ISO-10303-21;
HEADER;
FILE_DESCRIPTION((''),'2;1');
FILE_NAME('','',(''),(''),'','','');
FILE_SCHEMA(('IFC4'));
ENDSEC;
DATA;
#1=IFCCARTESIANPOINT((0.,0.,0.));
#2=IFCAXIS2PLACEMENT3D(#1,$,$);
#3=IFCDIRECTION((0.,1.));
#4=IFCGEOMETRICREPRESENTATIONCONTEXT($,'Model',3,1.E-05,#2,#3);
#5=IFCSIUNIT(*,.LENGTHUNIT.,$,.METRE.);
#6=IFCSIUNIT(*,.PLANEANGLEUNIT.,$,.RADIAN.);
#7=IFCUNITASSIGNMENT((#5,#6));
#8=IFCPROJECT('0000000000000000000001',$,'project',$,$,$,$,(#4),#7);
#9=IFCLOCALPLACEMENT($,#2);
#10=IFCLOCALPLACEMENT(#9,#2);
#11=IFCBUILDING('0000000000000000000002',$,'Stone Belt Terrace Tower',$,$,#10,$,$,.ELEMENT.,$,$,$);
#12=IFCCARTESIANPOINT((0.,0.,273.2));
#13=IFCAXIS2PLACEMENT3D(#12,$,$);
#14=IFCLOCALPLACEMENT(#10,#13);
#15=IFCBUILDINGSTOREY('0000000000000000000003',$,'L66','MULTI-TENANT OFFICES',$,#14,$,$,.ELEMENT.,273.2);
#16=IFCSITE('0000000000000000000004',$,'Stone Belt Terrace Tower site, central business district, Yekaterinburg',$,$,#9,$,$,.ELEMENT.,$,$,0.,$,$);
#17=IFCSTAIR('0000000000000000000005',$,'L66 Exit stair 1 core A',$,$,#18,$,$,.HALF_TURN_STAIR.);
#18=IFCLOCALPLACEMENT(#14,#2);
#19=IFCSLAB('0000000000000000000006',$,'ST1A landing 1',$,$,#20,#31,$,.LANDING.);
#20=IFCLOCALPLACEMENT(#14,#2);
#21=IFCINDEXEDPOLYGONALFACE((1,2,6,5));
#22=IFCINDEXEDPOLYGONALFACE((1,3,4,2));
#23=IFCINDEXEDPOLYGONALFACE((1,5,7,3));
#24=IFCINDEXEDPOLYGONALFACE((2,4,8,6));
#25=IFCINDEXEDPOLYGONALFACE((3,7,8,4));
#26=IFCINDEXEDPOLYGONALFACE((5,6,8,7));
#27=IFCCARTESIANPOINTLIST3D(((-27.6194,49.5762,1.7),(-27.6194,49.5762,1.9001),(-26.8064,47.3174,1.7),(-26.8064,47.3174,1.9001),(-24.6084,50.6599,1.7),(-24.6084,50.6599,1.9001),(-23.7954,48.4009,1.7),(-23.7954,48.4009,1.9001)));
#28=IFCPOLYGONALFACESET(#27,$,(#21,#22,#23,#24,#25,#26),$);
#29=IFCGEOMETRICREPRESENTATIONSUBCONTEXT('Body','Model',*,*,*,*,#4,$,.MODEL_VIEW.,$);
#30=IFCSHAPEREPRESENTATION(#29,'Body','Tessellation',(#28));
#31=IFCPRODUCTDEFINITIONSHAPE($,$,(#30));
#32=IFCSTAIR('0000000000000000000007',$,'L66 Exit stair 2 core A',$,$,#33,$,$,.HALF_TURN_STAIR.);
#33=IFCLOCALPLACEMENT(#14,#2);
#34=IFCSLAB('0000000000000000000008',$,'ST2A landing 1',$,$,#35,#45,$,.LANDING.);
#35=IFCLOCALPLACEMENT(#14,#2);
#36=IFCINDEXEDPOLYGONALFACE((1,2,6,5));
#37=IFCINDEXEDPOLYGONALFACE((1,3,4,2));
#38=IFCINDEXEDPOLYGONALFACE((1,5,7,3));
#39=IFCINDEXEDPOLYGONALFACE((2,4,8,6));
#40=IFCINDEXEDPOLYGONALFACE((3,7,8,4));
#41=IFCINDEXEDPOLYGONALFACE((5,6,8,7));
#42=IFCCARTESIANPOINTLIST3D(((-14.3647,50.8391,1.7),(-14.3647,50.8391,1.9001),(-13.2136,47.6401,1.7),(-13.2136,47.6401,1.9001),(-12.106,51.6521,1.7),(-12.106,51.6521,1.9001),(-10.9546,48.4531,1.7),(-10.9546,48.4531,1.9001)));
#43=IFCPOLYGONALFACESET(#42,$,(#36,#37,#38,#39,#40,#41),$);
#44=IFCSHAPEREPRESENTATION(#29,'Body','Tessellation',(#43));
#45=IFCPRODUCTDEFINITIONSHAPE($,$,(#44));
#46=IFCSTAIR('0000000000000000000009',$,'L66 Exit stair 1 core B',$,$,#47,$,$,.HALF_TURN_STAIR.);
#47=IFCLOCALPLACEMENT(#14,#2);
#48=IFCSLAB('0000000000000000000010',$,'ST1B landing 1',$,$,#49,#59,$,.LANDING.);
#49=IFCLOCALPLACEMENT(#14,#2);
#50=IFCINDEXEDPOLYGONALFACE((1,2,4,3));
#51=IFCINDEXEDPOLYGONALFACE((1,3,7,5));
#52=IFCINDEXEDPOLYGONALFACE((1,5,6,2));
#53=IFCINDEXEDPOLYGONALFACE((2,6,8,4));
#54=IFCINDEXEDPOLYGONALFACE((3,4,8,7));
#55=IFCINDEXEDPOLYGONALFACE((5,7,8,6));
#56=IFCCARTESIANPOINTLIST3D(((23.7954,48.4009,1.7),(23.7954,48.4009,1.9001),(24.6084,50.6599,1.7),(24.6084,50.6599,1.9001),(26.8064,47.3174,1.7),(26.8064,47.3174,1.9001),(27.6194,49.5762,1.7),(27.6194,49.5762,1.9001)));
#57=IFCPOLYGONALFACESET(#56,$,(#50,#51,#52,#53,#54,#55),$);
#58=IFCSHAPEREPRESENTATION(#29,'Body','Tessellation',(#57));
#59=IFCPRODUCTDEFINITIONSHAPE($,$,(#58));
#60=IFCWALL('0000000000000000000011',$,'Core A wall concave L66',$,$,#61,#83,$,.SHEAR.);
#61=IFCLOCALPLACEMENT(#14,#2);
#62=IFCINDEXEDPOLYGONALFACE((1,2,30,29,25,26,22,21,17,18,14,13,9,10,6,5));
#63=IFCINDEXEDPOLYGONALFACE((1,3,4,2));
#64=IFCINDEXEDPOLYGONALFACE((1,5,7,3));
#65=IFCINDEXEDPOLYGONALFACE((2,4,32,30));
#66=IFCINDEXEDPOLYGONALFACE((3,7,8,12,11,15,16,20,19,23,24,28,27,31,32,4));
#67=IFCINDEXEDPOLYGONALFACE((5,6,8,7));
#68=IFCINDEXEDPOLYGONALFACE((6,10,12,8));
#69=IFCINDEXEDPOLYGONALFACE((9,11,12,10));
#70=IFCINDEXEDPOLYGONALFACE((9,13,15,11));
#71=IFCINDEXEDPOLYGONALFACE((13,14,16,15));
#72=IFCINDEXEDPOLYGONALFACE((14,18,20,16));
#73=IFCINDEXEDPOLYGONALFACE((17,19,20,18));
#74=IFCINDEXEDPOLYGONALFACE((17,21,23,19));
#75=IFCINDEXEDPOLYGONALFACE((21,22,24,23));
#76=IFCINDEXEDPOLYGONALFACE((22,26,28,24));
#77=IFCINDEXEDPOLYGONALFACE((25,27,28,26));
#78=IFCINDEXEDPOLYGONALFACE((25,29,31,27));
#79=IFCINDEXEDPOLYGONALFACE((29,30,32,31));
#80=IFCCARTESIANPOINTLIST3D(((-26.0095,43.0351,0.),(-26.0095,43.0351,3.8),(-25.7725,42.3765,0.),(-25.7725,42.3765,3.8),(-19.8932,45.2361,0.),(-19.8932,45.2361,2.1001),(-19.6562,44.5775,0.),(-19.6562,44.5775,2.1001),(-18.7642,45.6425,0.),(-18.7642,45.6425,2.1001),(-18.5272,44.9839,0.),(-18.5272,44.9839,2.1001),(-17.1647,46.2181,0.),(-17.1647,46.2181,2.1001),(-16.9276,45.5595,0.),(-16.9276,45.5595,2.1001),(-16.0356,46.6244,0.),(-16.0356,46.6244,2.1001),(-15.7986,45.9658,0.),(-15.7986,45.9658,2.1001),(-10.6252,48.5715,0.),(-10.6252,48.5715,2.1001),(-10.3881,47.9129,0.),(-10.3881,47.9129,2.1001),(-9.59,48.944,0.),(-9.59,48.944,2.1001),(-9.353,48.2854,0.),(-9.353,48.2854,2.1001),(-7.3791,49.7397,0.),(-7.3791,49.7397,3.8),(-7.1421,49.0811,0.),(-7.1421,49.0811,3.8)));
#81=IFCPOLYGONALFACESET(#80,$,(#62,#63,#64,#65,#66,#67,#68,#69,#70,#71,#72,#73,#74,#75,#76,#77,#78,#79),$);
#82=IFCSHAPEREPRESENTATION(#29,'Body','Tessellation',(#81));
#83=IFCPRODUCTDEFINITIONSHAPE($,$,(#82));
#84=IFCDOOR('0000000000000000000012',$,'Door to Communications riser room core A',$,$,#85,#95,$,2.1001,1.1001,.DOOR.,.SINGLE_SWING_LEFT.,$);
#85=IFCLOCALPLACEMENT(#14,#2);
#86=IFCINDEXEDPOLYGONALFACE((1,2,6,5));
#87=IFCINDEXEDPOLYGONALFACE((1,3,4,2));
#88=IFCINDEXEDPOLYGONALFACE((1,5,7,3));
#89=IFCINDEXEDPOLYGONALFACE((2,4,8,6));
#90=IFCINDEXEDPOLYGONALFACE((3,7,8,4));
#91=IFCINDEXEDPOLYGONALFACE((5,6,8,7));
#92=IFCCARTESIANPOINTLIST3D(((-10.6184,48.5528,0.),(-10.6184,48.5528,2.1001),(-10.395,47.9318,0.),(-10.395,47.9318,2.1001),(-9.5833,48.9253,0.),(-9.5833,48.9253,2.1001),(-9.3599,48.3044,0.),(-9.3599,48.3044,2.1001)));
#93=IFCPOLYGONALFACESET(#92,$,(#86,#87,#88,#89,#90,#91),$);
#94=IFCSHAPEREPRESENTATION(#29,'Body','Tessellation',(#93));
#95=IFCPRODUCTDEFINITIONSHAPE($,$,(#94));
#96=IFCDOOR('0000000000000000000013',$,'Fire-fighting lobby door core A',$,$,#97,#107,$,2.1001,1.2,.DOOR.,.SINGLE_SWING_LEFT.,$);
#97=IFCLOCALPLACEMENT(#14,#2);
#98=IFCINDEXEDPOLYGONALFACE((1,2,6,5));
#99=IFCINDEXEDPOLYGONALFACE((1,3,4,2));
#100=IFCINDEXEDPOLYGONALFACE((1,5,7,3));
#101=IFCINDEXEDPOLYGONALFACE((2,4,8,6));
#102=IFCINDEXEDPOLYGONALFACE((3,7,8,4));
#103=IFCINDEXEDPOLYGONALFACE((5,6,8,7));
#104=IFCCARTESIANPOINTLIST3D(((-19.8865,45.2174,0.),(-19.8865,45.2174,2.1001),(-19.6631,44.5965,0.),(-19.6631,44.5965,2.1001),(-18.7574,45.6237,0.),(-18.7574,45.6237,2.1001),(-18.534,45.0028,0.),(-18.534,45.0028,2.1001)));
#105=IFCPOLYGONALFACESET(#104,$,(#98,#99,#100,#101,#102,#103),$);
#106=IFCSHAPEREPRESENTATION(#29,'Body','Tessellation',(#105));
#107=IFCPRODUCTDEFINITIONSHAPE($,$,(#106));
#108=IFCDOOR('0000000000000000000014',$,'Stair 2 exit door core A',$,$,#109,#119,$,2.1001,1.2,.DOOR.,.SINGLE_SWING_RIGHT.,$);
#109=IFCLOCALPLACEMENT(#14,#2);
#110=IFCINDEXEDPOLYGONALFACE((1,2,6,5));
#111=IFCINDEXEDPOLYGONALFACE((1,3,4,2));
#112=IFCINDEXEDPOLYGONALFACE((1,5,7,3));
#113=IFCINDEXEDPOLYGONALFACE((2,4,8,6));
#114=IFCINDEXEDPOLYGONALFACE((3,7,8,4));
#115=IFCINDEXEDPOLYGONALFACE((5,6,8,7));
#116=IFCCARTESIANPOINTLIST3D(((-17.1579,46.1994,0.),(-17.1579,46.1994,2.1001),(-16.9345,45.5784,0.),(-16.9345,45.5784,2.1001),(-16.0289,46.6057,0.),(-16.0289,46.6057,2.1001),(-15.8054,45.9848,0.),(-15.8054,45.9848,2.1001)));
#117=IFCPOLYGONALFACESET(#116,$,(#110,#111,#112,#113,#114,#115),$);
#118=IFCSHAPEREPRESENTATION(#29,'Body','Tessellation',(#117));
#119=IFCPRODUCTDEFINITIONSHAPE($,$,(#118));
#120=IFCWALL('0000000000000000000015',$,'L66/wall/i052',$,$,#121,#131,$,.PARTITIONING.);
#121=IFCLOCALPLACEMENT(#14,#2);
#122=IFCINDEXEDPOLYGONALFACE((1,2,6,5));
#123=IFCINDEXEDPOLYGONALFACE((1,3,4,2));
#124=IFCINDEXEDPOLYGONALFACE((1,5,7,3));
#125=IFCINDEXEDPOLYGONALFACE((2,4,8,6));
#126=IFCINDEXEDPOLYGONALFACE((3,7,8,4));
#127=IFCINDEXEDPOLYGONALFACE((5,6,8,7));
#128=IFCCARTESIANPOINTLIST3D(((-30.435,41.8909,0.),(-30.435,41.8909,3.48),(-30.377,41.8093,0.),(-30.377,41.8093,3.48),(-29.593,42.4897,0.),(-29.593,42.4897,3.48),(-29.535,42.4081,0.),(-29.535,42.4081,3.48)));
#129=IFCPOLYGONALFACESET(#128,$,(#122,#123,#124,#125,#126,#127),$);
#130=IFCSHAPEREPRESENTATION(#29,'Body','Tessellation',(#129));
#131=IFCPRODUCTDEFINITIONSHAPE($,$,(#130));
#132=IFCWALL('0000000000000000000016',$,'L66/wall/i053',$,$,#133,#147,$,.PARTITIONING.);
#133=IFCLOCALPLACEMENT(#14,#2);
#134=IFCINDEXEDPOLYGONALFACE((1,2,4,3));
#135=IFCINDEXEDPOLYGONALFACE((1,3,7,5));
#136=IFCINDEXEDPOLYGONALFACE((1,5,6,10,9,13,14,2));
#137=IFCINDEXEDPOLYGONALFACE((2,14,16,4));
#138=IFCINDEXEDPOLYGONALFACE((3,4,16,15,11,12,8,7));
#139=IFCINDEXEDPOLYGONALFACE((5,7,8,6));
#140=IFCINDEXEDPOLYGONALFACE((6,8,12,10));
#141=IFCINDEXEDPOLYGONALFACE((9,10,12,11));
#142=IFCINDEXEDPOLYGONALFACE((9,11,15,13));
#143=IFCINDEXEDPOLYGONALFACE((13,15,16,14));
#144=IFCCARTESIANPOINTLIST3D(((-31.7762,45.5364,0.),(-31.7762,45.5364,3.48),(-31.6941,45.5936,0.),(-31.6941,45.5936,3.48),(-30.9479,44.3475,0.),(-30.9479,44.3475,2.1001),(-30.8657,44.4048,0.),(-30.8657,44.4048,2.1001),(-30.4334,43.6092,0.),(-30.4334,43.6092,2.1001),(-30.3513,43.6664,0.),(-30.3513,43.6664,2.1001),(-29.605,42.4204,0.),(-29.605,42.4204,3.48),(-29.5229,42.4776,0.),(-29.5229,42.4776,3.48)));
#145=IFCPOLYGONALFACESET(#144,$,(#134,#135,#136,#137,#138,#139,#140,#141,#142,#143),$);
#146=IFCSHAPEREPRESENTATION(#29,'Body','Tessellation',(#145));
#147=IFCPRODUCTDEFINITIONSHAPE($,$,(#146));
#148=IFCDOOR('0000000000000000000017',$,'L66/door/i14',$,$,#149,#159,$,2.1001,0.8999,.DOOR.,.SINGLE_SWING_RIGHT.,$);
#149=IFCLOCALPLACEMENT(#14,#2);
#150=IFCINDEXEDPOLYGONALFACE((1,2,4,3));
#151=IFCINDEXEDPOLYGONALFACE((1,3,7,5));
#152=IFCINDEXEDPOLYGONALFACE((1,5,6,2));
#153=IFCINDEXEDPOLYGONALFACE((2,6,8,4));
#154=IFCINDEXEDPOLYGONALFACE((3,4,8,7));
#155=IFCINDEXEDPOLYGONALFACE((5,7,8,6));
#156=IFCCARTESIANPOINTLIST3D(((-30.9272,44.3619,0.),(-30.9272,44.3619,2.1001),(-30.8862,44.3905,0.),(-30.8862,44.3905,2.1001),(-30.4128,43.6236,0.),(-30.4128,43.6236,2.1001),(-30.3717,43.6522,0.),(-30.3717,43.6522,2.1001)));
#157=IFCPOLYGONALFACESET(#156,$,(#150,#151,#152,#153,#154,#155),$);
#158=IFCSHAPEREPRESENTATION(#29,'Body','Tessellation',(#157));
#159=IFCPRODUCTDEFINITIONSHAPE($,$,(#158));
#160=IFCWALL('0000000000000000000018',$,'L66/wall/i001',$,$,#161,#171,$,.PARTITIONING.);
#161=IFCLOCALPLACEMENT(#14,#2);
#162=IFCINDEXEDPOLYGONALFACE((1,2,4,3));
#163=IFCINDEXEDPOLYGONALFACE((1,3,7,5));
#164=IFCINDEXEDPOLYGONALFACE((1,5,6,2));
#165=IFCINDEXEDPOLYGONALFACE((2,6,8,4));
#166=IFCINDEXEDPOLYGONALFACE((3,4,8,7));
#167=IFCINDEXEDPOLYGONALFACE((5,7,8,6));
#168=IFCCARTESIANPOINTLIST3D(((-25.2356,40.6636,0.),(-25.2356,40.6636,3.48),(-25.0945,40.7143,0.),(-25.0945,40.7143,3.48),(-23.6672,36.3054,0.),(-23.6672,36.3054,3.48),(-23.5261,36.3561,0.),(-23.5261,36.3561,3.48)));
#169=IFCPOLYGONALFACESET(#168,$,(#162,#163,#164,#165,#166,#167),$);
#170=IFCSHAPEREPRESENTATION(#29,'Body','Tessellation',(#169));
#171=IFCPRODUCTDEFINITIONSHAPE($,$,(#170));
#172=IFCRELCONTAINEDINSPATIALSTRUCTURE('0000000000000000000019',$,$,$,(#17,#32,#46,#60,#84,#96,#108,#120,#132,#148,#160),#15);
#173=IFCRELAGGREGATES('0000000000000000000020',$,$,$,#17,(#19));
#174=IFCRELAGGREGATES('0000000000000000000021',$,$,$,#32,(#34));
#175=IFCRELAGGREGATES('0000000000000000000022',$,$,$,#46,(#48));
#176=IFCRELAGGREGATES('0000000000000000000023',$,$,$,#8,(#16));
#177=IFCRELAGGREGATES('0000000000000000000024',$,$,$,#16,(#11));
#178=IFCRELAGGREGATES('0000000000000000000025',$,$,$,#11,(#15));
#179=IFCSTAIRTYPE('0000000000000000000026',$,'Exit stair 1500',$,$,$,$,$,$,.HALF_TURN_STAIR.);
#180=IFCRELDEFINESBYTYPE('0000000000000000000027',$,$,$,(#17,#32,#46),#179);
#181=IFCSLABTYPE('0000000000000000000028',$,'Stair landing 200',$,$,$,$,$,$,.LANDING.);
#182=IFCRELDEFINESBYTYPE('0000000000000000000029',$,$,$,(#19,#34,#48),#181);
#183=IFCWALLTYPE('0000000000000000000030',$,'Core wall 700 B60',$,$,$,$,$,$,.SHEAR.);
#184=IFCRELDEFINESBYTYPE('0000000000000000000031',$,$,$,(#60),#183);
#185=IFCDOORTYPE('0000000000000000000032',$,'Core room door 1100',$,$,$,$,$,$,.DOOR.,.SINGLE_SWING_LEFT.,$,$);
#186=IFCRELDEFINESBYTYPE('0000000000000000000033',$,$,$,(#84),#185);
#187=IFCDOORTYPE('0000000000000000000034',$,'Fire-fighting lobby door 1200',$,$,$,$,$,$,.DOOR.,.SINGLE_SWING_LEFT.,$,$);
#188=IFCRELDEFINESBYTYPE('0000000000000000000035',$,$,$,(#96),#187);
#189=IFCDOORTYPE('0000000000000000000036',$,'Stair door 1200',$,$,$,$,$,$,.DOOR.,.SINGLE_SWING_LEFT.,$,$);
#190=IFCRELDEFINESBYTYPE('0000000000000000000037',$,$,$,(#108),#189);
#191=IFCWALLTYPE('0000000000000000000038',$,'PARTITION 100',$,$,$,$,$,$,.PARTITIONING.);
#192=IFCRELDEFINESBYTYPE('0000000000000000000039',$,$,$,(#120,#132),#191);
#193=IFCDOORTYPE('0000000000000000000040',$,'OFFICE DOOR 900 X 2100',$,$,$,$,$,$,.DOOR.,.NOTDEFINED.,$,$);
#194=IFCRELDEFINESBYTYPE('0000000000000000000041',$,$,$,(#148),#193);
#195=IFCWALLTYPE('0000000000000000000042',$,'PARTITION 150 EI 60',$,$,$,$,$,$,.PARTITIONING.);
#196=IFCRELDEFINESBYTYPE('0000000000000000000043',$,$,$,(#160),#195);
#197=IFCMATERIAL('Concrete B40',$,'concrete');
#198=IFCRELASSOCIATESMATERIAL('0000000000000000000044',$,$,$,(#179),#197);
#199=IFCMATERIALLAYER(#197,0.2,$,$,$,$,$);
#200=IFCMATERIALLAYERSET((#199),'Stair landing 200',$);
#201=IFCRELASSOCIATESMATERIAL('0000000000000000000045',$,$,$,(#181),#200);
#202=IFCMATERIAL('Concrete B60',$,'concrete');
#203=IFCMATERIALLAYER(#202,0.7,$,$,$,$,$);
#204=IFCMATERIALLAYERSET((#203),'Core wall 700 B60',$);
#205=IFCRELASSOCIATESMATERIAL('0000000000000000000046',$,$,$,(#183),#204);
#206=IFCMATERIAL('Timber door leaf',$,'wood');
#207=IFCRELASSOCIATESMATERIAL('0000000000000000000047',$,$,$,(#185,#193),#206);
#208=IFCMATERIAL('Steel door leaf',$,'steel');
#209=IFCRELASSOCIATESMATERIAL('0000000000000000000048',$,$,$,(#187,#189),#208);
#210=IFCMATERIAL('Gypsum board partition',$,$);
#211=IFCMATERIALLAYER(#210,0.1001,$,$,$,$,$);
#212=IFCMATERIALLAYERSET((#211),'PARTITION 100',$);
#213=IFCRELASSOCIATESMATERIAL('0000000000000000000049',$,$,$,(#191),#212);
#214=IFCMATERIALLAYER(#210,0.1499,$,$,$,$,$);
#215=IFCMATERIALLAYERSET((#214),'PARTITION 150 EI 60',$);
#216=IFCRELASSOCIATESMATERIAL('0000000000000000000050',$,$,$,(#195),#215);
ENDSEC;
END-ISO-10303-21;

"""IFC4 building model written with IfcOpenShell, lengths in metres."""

from ifc_helpers import new_model, si_unit, direction, frame, frame_2d, origin, place, context, subcontext, project, spatial, polyline, rectangle, outline, extrude, material, layer, layer_set, type_object, element, fill, aggregate, save


model = new_model("IFC4")

# Units and contexts
model_context = context("Model", 3, precision=1e-05, world=origin(), true_north=direction((0.0, 1.0)))
body_context = subcontext(model_context, "Body", "Model", "MODEL_VIEW")
ifc_project = project(units=[si_unit("LENGTHUNIT", "METRE"), si_unit("PLANEANGLEUNIT", "RADIAN")], contexts=[model_context])

# Site, building, storey
site_placement = place(None, origin())
site = spatial("IfcSite", under=ifc_project, at=site_placement, Name="Stone Belt Terrace Tower site, central business district, Yekaterinburg", CompositionType="ELEMENT", RefElevation=0.0)
building_placement = place(site_placement, origin())
building = spatial("IfcBuilding", under=site, at=building_placement, Name="Stone Belt Terrace Tower", CompositionType="ELEMENT")
storey_placement = place(building_placement, frame((0.0, 0.0, 273.2)))
storey = spatial("IfcBuildingStorey", under=building, at=storey_placement, Name="L66", Description="MULTI-TENANT OFFICES", CompositionType="ELEMENT", Elevation=273.2)

# Shared definitions
ifc_material_1 = material(Name="Concrete B60", Category="concrete")

# Shared definitions
ifc_material_2 = material(Name="Concrete B40", Category="concrete")

# Stairs, slabs
stair_type = type_object("IfcStairType", Name="Exit stair 1500", PredefinedType="HALF_TURN_STAIR", material=ifc_material_2)
stair_1_placement = place(storey_placement, origin())
stair_1 = element("IfcStair", 1, at=stair_1_placement, inside=storey, type_object=stair_type, Name="L66 Exit stair 1 core A", PredefinedType="HALF_TURN_STAIR")
ifc_layer_1 = layer(ifc_material_2, 0.2)
ifc_layer_set_1 = layer_set([ifc_layer_1], Name="Stair landing 200")
slab_type_1 = type_object("IfcSlabType", Name="Stair landing 200", PredefinedType="LANDING", material=ifc_layer_set_1)
slab_1_placement = place(storey_placement, frame((0.0, 0.0, 1.7)))
slab_1 = element("IfcSlab", 2, at=slab_1_placement, type_object=slab_type_1, Name="ST1A landing 1", PredefinedType="LANDING", context=body_context, shape_type="SweptSolid", body=[
    extrude(outline(polyline([(-23.7954, 48.4009), (-24.6084, 50.6599), (-27.6194, 49.5762), (-26.8064, 47.3174), (-23.7954, 48.4009)])), origin(), (0.0, 0.0, 1.0), 0.2002),
])
aggregate(stair_1, [slab_1])
stair_2_placement = place(storey_placement, origin())
stair_2 = element("IfcStair", 3, at=stair_2_placement, inside=storey, type_object=stair_type, Name="L66 Exit stair 2 core A", PredefinedType="HALF_TURN_STAIR")
slab_2_placement = place(storey_placement, frame((0.0, 0.0, 1.7)))
slab_2 = element("IfcSlab", 4, at=slab_2_placement, type_object=slab_type_1, Name="ST2A landing 1", PredefinedType="LANDING", context=body_context, shape_type="SweptSolid", body=[
    extrude(outline(polyline([(-13.2136, 47.6401), (-10.9546, 48.4531), (-12.106, 51.6521), (-14.3647, 50.8391), (-13.2136, 47.6401)])), origin(), (0.0, 0.0, 1.0), 0.2002),
])
aggregate(stair_2, [slab_2])
stair_3_placement = place(storey_placement, origin())
stair_3 = element("IfcStair", 5, at=stair_3_placement, inside=storey, type_object=stair_type, Name="L66 Exit stair 1 core B", PredefinedType="HALF_TURN_STAIR")
slab_3_placement = place(storey_placement, frame((0.0, 0.0, 1.7)))
slab_3 = element("IfcSlab", 6, at=slab_3_placement, type_object=slab_type_1, Name="ST1B landing 1", PredefinedType="LANDING", context=body_context, shape_type="SweptSolid", body=[
    extrude(outline(polyline([(26.8064, 47.3174), (27.6194, 49.5762), (24.6084, 50.6599), (23.7954, 48.4009), (26.8064, 47.3174)])), origin(), (0.0, 0.0, 1.0), 0.2002),
])
aggregate(stair_3, [slab_3])

# Wall, openings, doors
ifc_layer_2 = layer(ifc_material_1, 0.7)
ifc_layer_set_2 = layer_set([ifc_layer_2], Name="Core wall 700 B60")
wall_type_1 = type_object("IfcWallType", Name="Core wall 700 B60", PredefinedType="SHEAR", material=ifc_layer_set_2)
wall_1_placement = place(storey_placement, frame((-25.8909, 42.7058, 0.0), z_axis=(0.0, 0.0, 1.0), x_axis=(0.940925, 0.338615, 0.0)))
wall_1 = element("IfcWall", 7, at=wall_1_placement, inside=storey, type_object=wall_type_1, Name="Core A wall concave L66", PredefinedType="SHEAR", context=body_context, shape_type="SweptSolid", body=[
    extrude(rectangle(XDim=19.8, YDim=0.7, at=frame_2d((9.8999, 0.0))), origin(), (0.0, 0.0, 1.0), 3.8),
])
opening_1_placement = place(wall_1_placement, frame((6.5, 0.0, 0.0)))
opening_1 = element("IfcOpeningElement", 8, at=opening_1_placement, cuts=wall_1, PredefinedType="OPENING", context=body_context, shape_type="SweptSolid", body=[
    extrude(rectangle(XDim=1.2, YDim=2.1001, at=frame_2d((0.6001, 1.05))), frame((0.0, 0.3599, 0.0), z_axis=(0.0, -1.0, 0.0), x_axis=(1.0, 0.0, 0.0)), (0.0, 0.0, 1.0), 0.72),
])
opening_2_placement = place(wall_1_placement, frame((9.3999, 0.0, 0.0)))
opening_2 = element("IfcOpeningElement", 9, at=opening_2_placement, cuts=wall_1, PredefinedType="OPENING", context=body_context, shape_type="SweptSolid", body=[
    extrude(rectangle(XDim=1.2, YDim=2.1001, at=frame_2d((0.6001, 1.05))), frame((0.0, 0.3599, 0.0), z_axis=(0.0, -1.0, 0.0), x_axis=(1.0, 0.0, 0.0)), (0.0, 0.0, 1.0), 0.72),
])
opening_3_placement = place(wall_1_placement, frame((16.3501, 0.0, 0.0)))
opening_3 = element("IfcOpeningElement", 10, at=opening_3_placement, cuts=wall_1, PredefinedType="OPENING", context=body_context, shape_type="SweptSolid", body=[
    extrude(rectangle(XDim=1.1001, YDim=2.1001, at=frame_2d((0.55, 1.05))), frame((0.0, 0.3599, 0.0), z_axis=(0.0, -1.0, 0.0), x_axis=(1.0, 0.0, 0.0)), (0.0, 0.0, 1.0), 0.72),
])
ifc_material_3 = material(Name="Timber door leaf", Category="wood")
door_type_1 = type_object("IfcDoorType", Name="Core room door 1100", OperationType="SINGLE_SWING_LEFT", PredefinedType="DOOR", material=ifc_material_3)
door_1_placement = place(opening_3_placement, origin())
door_1 = element("IfcDoor", 11, at=door_1_placement, inside=storey, type_object=door_type_1, Name="Door to Communications riser room core A", OperationType="SINGLE_SWING_LEFT", OverallHeight=2.1001, OverallWidth=1.1001, PredefinedType="DOOR", context=body_context, shape_type="SweptSolid", body=[
    extrude(rectangle(XDim=1.1001, YDim=2.1001, at=frame_2d((0.55, 1.05))), frame((0.0, 0.3301, 0.0), z_axis=(0.0, -1.0, 0.0), x_axis=(1.0, 0.0, 0.0)), (0.0, 0.0, 1.0), 0.6599),
])
fill(opening_3, door_1)
ifc_material_4 = material(Name="Steel door leaf", Category="steel")
door_type_2 = type_object("IfcDoorType", Name="Fire-fighting lobby door 1200", OperationType="SINGLE_SWING_LEFT", PredefinedType="DOOR", material=ifc_material_4)
door_2_placement = place(opening_1_placement, origin())
door_2 = element("IfcDoor", 12, at=door_2_placement, inside=storey, type_object=door_type_2, Name="Fire-fighting lobby door core A", OperationType="SINGLE_SWING_LEFT", OverallHeight=2.1001, OverallWidth=1.2, PredefinedType="DOOR", context=body_context, shape_type="SweptSolid", body=[
    extrude(rectangle(XDim=1.2, YDim=2.1001, at=frame_2d((0.6001, 1.05))), frame((0.0, 0.3301, 0.0), z_axis=(0.0, -1.0, 0.0), x_axis=(1.0, 0.0, 0.0)), (0.0, 0.0, 1.0), 0.6599),
])
fill(opening_1, door_2)
door_type_3 = type_object("IfcDoorType", Name="Stair door 1200", OperationType="SINGLE_SWING_LEFT", PredefinedType="DOOR", material=ifc_material_4)
door_3_placement = place(opening_2_placement, origin())
door_3 = element("IfcDoor", 13, at=door_3_placement, inside=storey, type_object=door_type_3, Name="Stair 2 exit door core A", OperationType="SINGLE_SWING_RIGHT", OverallHeight=2.1001, OverallWidth=1.2, PredefinedType="DOOR", context=body_context, shape_type="SweptSolid", body=[
    extrude(rectangle(XDim=1.2, YDim=2.1001, at=frame_2d((0.6001, 1.05))), frame((0.0, 0.3301, 0.0), z_axis=(0.0, -1.0, 0.0), x_axis=(1.0, 0.0, 0.0)), (0.0, 0.0, 1.0), 0.6599),
])
fill(opening_2, door_3)

# Wall
ifc_material_5 = material(Name="Gypsum board partition")
ifc_layer_3 = layer(ifc_material_5, 0.1001)
ifc_layer_set_3 = layer_set([ifc_layer_3], Name="PARTITION 100")
wall_type_2 = type_object("IfcWallType", Name="PARTITION 100", PredefinedType="PARTITIONING", material=ifc_layer_set_3)
wall_2_placement = place(storey_placement, frame((-30.406, 41.8501, 0.0), z_axis=(0.0, 0.0, 1.0), x_axis=(0.814913, 0.579583, 0.0)))
element("IfcWall", 14, at=wall_2_placement, inside=storey, type_object=wall_type_2, Name="L66/wall/i052", PredefinedType="PARTITIONING", context=body_context, shape_type="SweptSolid", body=[
    extrude(rectangle(XDim=1.0332, YDim=0.1001, at=frame_2d((0.5166, 0.0))), origin(), (0.0, 0.0, 1.0), 3.48),
])

# Wall, opening, door
wall_3_placement = place(storey_placement, frame((-29.564, 42.449, 0.0), z_axis=(0.0, 0.0, 1.0), x_axis=(-0.571688, 0.820471, 0.0)))
wall_3 = element("IfcWall", 15, at=wall_3_placement, inside=storey, type_object=wall_type_2, Name="L66/wall/i053", PredefinedType="PARTITIONING", context=body_context, shape_type="SweptSolid", body=[
    extrude(rectangle(XDim=3.7979, YDim=0.1001, at=frame_2d((1.8989, 0.0))), origin(), (0.0, 0.0, 1.0), 3.48),
])
opening_4_placement = place(wall_3_placement, frame((1.449, 0.0, 0.0)))
opening_4 = element("IfcOpeningElement", 16, at=opening_4_placement, cuts=wall_3, PredefinedType="OPENING", context=body_context, shape_type="SweptSolid", body=[
    extrude(rectangle(XDim=0.8999, YDim=2.1001, at=frame_2d((0.45, 1.05))), frame((0.0, 0.0601, 0.0), z_axis=(0.0, -1.0, 0.0), x_axis=(1.0, 0.0, 0.0)), (0.0, 0.0, 1.0), 0.1201),
])
door_type_4 = type_object("IfcDoorType", Name="OFFICE DOOR 900 X 2100", OperationType="NOTDEFINED", PredefinedType="DOOR", material=ifc_material_3)
door_4_placement = place(opening_4_placement, origin())
door_4 = element("IfcDoor", 17, at=door_4_placement, inside=storey, type_object=door_type_4, Name="L66/door/i14", OperationType="SINGLE_SWING_RIGHT", OverallHeight=2.1001, OverallWidth=0.8999, PredefinedType="DOOR", context=body_context, shape_type="SweptSolid", body=[
    extrude(rectangle(XDim=0.8999, YDim=2.1001, at=frame_2d((0.45, 1.05))), frame((0.0, 0.0249, 0.0), z_axis=(0.0, -1.0, 0.0), x_axis=(1.0, 0.0, 0.0)), (0.0, 0.0, 1.0), 0.05),
])
fill(opening_4, door_4)

# Wall
ifc_layer_4 = layer(ifc_material_5, 0.1499)
ifc_layer_set_4 = layer_set([ifc_layer_4], Name="PARTITION 150 EI 60")
wall_type_3 = type_object("IfcWallType", Name="PARTITION 150 EI 60", PredefinedType="PARTITIONING", material=ifc_layer_set_4)
wall_4_placement = place(storey_placement, frame((-25.165, 40.689, 0.0), z_axis=(0.0, 0.0, 1.0), x_axis=(0.338609, -0.940927, 0.0)))
element("IfcWall", 18, at=wall_4_placement, inside=storey, type_object=wall_type_3, Name="L66/wall/i001", PredefinedType="PARTITIONING", context=body_context, shape_type="SweptSolid", body=[
    extrude(rectangle(XDim=4.6318, YDim=0.1499, at=frame_2d((2.3159, 0.0))), origin(), (0.0, 0.0, 1.0), 3.48),
])

save(model, "model.ifc")
